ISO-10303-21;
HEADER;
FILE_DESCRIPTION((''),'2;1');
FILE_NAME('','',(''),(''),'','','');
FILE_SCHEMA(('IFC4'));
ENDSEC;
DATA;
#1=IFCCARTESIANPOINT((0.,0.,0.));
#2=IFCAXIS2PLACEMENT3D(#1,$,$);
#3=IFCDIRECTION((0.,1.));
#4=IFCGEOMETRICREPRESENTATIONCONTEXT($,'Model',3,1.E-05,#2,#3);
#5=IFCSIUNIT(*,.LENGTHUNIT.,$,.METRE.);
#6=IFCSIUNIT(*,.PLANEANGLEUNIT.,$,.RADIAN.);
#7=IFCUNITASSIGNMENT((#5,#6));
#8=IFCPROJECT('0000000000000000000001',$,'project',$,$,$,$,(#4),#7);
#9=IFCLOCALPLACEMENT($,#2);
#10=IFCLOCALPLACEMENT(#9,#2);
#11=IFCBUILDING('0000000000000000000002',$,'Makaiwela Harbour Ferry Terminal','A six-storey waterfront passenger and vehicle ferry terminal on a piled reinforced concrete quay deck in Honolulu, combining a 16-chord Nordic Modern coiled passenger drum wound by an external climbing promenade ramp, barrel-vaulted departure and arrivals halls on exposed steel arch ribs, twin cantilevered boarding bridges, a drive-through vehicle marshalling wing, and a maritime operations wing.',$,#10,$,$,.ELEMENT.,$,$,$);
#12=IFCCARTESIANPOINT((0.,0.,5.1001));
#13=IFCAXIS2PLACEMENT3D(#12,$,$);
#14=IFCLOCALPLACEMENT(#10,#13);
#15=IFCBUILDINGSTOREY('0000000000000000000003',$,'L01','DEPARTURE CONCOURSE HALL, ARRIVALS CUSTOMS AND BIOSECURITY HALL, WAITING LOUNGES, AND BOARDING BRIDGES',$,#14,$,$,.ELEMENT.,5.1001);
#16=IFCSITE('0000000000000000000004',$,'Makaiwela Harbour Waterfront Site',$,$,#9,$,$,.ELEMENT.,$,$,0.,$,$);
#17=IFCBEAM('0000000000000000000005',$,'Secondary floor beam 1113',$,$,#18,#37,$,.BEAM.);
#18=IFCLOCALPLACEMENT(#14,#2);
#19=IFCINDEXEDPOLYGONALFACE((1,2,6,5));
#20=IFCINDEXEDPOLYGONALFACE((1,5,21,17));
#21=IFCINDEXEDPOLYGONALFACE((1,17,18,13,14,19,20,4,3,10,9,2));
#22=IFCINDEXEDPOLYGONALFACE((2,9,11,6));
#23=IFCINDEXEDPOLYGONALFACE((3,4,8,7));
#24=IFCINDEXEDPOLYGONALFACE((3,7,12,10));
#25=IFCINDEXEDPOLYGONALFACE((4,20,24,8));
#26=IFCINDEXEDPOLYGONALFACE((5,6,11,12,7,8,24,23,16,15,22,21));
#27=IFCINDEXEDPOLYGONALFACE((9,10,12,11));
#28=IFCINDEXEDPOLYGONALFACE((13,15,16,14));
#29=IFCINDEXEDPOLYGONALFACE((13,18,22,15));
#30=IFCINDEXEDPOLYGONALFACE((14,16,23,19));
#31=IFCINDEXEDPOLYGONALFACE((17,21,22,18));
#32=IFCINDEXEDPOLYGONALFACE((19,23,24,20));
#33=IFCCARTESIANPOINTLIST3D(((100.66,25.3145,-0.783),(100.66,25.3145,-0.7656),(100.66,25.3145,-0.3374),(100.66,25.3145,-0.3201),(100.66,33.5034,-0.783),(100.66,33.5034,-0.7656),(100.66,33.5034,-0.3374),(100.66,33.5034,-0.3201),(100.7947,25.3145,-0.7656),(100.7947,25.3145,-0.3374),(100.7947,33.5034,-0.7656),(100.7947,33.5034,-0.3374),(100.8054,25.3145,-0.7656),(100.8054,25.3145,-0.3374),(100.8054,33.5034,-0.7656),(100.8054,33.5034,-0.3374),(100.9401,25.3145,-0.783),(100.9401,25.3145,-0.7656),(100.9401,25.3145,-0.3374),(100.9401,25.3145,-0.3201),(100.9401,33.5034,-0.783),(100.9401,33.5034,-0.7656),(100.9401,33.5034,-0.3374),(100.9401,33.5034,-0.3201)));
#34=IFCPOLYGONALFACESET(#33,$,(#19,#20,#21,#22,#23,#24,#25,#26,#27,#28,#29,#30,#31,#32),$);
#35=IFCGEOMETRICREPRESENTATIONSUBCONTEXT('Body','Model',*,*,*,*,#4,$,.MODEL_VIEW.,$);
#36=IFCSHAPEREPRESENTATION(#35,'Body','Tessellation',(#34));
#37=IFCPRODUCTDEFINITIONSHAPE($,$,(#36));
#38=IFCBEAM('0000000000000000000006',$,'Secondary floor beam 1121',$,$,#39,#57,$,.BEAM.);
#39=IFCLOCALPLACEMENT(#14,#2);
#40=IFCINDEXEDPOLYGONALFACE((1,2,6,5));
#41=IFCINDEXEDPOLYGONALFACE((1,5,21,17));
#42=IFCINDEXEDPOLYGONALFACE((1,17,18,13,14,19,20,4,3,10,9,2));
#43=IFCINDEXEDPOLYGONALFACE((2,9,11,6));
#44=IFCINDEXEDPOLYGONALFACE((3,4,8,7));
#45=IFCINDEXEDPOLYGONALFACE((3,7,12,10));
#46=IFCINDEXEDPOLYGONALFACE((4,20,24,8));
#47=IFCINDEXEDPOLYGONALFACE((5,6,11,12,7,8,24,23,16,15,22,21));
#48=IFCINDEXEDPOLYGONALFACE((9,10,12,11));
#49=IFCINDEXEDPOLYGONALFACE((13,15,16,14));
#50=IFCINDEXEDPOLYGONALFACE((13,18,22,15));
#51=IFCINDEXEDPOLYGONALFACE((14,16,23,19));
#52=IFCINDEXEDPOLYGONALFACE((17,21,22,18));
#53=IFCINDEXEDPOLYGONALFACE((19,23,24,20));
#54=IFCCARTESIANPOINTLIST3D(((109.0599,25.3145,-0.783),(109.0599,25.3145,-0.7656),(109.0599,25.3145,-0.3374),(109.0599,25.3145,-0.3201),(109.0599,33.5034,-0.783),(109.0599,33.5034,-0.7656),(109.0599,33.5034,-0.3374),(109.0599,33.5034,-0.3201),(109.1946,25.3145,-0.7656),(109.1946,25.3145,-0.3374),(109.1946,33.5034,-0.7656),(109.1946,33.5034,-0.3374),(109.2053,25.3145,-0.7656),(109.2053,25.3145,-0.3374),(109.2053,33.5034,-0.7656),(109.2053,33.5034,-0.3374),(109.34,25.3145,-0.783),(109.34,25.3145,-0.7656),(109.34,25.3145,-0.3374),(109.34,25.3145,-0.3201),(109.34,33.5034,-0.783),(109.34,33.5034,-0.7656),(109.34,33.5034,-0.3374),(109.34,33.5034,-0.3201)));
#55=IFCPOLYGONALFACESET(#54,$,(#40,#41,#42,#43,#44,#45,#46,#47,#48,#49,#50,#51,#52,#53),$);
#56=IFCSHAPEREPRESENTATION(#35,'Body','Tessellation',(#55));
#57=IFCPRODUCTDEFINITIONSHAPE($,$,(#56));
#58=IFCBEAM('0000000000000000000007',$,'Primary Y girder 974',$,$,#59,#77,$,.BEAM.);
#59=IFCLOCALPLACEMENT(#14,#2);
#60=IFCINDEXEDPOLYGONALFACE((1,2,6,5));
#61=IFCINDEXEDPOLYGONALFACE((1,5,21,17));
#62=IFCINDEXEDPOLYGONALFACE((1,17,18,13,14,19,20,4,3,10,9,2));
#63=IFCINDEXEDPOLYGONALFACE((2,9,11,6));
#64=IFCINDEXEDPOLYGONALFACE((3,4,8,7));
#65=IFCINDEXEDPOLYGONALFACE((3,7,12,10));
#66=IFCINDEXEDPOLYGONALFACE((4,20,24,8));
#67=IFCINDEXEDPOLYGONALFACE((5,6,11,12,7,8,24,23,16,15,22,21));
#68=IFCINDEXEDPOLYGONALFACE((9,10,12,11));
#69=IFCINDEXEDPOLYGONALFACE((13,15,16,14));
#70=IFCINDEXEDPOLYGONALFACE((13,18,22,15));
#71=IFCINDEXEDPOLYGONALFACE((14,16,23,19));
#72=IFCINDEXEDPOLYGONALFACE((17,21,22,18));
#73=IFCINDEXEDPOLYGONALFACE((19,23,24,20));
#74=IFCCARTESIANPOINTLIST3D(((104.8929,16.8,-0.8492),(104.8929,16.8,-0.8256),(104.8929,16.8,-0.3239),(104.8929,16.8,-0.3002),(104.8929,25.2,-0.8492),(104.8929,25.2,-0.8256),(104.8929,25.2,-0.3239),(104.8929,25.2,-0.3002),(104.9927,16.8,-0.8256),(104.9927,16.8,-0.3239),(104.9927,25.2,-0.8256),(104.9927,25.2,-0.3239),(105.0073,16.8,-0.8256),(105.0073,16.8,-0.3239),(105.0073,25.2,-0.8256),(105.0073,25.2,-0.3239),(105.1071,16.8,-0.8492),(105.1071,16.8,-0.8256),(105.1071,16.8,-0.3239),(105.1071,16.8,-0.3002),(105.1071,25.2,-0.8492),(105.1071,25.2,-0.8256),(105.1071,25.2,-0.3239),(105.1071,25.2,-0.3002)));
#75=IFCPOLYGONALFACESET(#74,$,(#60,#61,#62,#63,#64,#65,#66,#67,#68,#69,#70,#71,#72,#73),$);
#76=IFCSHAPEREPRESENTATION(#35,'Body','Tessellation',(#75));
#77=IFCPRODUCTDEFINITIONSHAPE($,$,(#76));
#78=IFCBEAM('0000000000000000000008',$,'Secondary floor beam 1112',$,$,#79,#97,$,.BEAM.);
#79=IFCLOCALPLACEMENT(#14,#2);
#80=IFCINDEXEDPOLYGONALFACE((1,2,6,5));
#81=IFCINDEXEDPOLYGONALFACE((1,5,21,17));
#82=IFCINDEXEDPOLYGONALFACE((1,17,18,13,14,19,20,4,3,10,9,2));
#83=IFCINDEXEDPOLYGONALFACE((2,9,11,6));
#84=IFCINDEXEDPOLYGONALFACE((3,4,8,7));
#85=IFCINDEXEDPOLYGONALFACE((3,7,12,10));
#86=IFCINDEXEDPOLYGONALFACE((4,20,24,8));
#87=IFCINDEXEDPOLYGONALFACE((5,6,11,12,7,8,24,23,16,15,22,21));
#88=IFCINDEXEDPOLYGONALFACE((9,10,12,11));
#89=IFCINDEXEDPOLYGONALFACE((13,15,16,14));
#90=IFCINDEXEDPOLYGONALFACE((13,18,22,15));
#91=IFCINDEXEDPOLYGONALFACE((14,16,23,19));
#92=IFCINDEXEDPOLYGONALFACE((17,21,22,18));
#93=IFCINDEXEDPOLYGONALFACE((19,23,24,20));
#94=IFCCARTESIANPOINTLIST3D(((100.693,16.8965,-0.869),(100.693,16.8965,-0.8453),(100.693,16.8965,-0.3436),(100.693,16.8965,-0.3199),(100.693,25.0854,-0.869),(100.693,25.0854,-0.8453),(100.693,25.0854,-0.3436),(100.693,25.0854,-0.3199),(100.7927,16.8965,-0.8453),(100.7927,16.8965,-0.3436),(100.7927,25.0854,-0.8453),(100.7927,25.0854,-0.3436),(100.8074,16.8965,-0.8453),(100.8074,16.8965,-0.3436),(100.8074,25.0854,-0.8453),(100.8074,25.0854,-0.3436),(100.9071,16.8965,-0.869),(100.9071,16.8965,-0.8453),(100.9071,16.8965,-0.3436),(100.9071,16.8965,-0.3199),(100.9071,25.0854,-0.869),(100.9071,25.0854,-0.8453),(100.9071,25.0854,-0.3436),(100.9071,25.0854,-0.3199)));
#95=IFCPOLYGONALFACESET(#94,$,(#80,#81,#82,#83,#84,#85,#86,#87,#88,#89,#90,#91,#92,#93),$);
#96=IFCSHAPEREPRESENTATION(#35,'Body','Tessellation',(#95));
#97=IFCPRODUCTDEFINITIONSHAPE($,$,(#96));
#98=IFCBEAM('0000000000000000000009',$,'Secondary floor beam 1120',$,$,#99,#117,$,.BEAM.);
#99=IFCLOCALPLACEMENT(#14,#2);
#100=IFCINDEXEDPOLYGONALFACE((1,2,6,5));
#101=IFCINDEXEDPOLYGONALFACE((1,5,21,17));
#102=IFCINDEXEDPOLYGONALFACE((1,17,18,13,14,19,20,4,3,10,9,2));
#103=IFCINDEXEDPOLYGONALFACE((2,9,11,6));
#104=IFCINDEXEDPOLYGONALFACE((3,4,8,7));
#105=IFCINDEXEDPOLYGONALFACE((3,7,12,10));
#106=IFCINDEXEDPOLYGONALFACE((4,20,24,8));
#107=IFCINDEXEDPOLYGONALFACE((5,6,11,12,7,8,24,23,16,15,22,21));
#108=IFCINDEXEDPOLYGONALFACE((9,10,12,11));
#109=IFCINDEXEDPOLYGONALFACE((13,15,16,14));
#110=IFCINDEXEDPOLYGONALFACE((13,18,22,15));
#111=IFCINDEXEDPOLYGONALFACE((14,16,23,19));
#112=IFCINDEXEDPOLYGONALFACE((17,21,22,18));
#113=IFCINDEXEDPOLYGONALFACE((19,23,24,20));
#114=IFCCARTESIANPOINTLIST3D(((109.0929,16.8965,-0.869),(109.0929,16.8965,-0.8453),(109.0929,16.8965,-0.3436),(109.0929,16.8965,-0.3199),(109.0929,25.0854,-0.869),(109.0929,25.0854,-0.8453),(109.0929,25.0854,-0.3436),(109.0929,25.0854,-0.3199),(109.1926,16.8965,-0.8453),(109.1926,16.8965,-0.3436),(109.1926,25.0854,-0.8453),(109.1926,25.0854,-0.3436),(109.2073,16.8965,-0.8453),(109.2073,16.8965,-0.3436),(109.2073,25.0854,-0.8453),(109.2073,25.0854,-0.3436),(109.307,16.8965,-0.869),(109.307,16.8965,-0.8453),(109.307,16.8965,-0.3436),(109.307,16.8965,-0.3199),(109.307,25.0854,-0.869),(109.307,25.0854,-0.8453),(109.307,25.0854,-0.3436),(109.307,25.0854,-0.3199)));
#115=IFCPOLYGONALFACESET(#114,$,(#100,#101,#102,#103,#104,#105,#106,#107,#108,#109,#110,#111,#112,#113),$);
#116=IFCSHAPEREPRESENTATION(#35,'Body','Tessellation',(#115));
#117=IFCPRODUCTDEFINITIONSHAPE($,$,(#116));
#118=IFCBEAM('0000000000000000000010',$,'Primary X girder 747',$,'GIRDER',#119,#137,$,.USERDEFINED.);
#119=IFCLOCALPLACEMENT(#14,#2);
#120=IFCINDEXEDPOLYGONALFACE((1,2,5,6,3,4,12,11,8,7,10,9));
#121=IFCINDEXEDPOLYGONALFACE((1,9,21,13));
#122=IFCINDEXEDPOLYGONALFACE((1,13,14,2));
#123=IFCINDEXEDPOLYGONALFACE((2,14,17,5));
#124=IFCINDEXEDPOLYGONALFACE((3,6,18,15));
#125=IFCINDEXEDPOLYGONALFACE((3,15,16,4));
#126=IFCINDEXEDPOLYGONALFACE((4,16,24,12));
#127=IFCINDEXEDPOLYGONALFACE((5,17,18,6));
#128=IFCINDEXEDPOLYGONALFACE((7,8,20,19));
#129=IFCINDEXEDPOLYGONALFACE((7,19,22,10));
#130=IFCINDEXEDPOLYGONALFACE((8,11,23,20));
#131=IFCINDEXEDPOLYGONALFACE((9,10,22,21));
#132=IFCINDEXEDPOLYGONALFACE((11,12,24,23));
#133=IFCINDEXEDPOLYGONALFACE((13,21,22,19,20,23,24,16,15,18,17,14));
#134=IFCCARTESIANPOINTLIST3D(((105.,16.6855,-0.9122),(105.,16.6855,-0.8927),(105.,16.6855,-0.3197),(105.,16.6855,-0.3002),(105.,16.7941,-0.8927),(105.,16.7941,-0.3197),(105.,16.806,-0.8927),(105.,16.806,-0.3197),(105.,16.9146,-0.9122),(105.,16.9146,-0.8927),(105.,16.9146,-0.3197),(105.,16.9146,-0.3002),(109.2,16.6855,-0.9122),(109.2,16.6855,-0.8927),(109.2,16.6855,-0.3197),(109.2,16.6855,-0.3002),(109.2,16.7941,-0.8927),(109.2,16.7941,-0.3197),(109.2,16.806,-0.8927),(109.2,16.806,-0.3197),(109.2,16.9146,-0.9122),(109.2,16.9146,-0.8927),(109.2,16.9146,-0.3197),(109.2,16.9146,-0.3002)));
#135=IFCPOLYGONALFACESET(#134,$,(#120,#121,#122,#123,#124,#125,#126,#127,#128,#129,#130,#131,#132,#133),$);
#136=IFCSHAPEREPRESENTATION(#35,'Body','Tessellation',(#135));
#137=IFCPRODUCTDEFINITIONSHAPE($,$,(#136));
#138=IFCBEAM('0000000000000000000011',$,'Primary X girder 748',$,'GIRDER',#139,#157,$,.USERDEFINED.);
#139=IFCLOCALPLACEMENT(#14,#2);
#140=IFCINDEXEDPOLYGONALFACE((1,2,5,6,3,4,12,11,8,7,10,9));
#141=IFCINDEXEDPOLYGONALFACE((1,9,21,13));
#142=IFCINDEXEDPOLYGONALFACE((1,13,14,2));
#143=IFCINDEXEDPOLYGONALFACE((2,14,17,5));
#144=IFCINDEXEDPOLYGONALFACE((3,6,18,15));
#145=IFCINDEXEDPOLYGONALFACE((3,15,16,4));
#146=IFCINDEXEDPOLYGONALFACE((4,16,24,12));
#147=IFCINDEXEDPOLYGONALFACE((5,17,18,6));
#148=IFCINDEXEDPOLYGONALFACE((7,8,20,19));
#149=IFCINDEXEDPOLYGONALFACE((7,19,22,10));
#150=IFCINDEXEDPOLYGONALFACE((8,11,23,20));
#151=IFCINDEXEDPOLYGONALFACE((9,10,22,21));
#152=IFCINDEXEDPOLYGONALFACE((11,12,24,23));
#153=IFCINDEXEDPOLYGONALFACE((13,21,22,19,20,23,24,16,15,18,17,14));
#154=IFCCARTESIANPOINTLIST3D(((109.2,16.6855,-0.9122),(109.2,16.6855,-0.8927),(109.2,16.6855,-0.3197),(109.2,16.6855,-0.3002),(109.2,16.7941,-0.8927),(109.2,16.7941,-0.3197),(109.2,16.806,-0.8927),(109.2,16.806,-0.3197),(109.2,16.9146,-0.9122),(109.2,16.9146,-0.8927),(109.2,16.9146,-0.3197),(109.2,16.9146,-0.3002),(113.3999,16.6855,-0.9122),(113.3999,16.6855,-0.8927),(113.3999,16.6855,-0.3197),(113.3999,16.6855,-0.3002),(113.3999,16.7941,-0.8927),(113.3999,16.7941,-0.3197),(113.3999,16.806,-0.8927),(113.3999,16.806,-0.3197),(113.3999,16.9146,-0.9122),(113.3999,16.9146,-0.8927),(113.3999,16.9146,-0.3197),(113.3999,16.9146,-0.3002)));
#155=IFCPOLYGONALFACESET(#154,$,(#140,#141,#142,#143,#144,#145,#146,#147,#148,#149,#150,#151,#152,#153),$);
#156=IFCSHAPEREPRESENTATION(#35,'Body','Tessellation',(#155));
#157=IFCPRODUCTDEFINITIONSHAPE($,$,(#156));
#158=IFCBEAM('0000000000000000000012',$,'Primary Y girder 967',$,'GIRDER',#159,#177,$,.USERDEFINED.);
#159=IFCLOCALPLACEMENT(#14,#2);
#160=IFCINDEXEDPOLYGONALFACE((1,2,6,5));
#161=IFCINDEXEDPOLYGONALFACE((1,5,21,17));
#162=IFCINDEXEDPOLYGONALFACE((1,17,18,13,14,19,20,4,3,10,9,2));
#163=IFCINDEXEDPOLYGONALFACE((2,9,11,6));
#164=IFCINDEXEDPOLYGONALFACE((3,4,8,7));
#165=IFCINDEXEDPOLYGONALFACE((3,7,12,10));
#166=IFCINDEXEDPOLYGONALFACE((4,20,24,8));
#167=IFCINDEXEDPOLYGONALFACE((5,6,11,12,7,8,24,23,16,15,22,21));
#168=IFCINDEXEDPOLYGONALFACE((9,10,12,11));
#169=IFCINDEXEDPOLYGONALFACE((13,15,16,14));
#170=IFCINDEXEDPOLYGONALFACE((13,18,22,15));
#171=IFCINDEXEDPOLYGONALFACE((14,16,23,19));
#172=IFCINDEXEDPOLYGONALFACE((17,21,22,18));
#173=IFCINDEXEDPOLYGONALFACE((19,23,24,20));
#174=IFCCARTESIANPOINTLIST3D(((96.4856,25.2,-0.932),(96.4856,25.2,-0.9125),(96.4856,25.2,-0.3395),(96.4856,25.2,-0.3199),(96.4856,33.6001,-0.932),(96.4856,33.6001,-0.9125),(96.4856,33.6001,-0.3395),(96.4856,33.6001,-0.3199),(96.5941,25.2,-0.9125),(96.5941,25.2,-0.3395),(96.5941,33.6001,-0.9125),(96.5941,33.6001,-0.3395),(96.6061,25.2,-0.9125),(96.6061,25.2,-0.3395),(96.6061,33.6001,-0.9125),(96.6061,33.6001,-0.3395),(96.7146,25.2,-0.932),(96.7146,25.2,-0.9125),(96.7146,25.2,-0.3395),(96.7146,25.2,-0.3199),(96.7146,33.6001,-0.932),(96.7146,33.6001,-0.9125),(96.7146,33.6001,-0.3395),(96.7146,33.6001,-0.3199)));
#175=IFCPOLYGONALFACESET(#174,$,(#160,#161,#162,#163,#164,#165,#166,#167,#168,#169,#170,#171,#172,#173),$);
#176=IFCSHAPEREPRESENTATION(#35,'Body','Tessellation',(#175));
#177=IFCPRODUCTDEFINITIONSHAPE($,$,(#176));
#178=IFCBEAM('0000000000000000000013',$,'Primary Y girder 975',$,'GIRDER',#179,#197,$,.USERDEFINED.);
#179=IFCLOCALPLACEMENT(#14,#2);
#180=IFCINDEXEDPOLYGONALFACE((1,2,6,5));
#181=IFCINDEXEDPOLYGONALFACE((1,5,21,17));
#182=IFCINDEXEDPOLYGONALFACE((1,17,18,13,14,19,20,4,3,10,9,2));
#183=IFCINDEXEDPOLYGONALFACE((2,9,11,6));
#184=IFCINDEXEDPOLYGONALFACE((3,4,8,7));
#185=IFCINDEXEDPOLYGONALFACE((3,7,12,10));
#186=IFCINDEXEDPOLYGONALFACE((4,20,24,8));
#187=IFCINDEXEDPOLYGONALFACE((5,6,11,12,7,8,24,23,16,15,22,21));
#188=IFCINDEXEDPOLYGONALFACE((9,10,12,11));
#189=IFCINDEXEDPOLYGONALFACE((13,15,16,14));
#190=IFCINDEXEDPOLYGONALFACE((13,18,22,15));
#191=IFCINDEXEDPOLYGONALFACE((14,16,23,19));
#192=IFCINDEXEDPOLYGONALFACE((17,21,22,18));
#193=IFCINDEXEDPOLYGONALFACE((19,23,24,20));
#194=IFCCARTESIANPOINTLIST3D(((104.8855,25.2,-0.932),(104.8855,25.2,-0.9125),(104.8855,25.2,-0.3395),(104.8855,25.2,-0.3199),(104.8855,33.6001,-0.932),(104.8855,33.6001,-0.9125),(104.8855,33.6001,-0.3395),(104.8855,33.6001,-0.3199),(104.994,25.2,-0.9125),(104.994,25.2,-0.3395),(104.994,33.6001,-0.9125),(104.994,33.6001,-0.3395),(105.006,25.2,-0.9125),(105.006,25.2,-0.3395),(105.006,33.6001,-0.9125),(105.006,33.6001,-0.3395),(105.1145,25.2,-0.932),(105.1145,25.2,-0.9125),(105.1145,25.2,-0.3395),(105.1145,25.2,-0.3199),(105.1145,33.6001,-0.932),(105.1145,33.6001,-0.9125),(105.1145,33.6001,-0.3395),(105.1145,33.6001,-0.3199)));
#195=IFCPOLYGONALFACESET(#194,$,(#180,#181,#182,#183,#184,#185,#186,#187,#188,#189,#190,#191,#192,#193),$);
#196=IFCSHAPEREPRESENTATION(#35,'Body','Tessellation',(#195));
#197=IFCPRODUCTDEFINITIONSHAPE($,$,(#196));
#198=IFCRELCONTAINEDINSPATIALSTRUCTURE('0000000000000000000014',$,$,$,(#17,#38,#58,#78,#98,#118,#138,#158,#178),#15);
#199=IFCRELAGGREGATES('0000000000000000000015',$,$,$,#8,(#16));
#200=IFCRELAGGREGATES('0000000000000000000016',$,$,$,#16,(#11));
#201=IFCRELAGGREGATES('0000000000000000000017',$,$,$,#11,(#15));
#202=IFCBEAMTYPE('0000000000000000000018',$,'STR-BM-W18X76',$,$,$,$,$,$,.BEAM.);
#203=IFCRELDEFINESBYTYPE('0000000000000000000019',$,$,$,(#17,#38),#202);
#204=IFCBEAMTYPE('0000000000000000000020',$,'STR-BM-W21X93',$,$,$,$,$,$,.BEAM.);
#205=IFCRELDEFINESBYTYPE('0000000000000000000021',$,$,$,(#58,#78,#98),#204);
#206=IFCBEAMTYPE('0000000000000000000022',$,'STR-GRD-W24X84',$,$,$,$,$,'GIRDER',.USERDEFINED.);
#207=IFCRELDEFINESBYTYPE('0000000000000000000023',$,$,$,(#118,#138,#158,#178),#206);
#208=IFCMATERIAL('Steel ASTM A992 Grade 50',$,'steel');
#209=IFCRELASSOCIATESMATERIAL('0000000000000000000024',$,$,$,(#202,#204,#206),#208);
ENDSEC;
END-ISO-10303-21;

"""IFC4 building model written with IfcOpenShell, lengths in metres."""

from ifc_helpers import new_model, si_unit, direction, frame, origin, origin_2d, place, context, subcontext, project, spatial, i_section, extrude, material, material_profile, profile_set, type_object, element, save


model = new_model("IFC4")

# Units and contexts
model_context = context("Model", 3, precision=1e-05, world=origin(), true_north=direction((0.0, 1.0)))
body_context = subcontext(model_context, "Body", "Model", "MODEL_VIEW")
ifc_project = project(units=[si_unit("LENGTHUNIT", "METRE"), si_unit("PLANEANGLEUNIT", "RADIAN")], contexts=[model_context])

# Site, building, storey
site_placement = place(None, origin())
site = spatial("IfcSite", under=ifc_project, at=site_placement, Name="Makaiwela Harbour Waterfront Site", CompositionType="ELEMENT", RefElevation=0.0)
building_placement = place(site_placement, origin())
building = spatial("IfcBuilding", under=site, at=building_placement, Name="Makaiwela Harbour Ferry Terminal", Description="A six-storey waterfront passenger and vehicle ferry terminal on a piled reinforced concrete quay deck in Honolulu, combining a 16-chord Nordic Modern coiled passenger drum wound by an external climbing promenade ramp, barrel-vaulted departure and arrivals halls on exposed steel arch ribs, twin cantilevered boarding bridges, a drive-through vehicle marshalling wing, and a maritime operations wing.", CompositionType="ELEMENT")
storey_placement = place(building_placement, frame((0.0, 0.0, 5.1001)))
storey = spatial("IfcBuildingStorey", under=building, at=storey_placement, Name="L01", Description="DEPARTURE CONCOURSE HALL, ARRIVALS CUSTOMS AND BIOSECURITY HALL, WAITING LOUNGES, AND BOARDING BRIDGES", CompositionType="ELEMENT", Elevation=5.1001)

# Shared definitions
ifc_material_1 = material(Name="Steel ASTM A992 Grade 50", Category="steel")

# Beams
ifc_material_profile_1 = material_profile(ifc_material_1, i_section(OverallWidth=0.28, OverallDepth=0.4629, WebThickness=0.0107, FlangeThickness=0.0173, at=origin_2d()), Name="W18X76")
ifc_profile_set_1 = profile_set([ifc_material_profile_1], Name="Steel ASTM A992 Grade 50")
beam_type_1 = type_object("IfcBeamType", Name="STR-BM-W18X76", PredefinedType="BEAM", material=ifc_profile_set_1)
for number, where, z_axis, x_axis, name in (
    (1, (100.8, 25.3145, -0.5515), (0.0, 1.0, 0.0), (-1.0, 0.0, 0.0), "Secondary floor beam 1113"),
    (2, (109.2, 25.3145, -0.5515), (0.0, 1.0, 0.0), (-1.0, 0.0, 0.0), "Secondary floor beam 1121"),
):
    element("IfcBeam", number, at=place(storey_placement, frame(where, z_axis=z_axis, x_axis=x_axis)), inside=storey, type_object=beam_type_1, Name=name, PredefinedType="BEAM", context=body_context, shape_type="SweptSolid", body=[
        extrude(i_section(OverallWidth=0.28, OverallDepth=0.4629, WebThickness=0.0107, FlangeThickness=0.0173, at=origin_2d()), origin(), (0.0, 0.0, 1.0), 8.189),
    ])
ifc_material_profile_2 = material_profile(ifc_material_1, i_section(OverallWidth=0.2141, OverallDepth=0.5491, WebThickness=0.0146, FlangeThickness=0.0237, at=origin_2d()), Name="W21X93")
ifc_profile_set_2 = profile_set([ifc_material_profile_2], Name="Steel ASTM A992 Grade 50")
beam_type_2 = type_object("IfcBeamType", Name="STR-BM-W21X93", PredefinedType="BEAM", material=ifc_profile_set_2)
beam_placement = place(storey_placement, frame((105.0, 16.8, -0.5747), z_axis=(0.0, 1.0, 0.0), x_axis=(-1.0, 0.0, 0.0)))
element("IfcBeam", 3, at=beam_placement, inside=storey, type_object=beam_type_2, Name="Primary Y girder 974", PredefinedType="BEAM", context=body_context, shape_type="SweptSolid", body=[
    extrude(i_section(OverallWidth=0.2141, OverallDepth=0.5491, WebThickness=0.0146, FlangeThickness=0.0237, at=origin_2d()), origin(), (0.0, 0.0, 1.0), 8.3999),
])
for number, where, z_axis, x_axis, name in (
    (4, (100.8, 16.8965, -0.5945), (0.0, 1.0, 0.0), (-1.0, 0.0, 0.0), "Secondary floor beam 1112"),
    (5, (109.2, 16.8965, -0.5945), (0.0, 1.0, 0.0), (-1.0, 0.0, 0.0), "Secondary floor beam 1120"),
):
    element("IfcBeam", number, at=place(storey_placement, frame(where, z_axis=z_axis, x_axis=x_axis)), inside=storey, type_object=beam_type_2, Name=name, PredefinedType="BEAM", context=body_context, shape_type="SweptSolid", body=[
        extrude(i_section(OverallWidth=0.2141, OverallDepth=0.5491, WebThickness=0.0146, FlangeThickness=0.0237, at=origin_2d()), origin(), (0.0, 0.0, 1.0), 8.189),
    ])
ifc_material_profile_3 = material_profile(ifc_material_1, i_section(OverallWidth=0.229, OverallDepth=0.6121, WebThickness=0.012, FlangeThickness=0.0195, at=origin_2d()), Name="W24X84")
ifc_profile_set_3 = profile_set([ifc_material_profile_3], Name="Steel ASTM A992 Grade 50")
beam_type_3 = type_object("IfcBeamType", Name="STR-GRD-W24X84", ElementType="GIRDER", PredefinedType="USERDEFINED", material=ifc_profile_set_3)
for number, where, z_axis, x_axis, name in (
    (6, (105.0, 16.8, -0.6062), (1.0, 0.0, 0.0), (0.0, 1.0, 0.0), "Primary X girder 747"),
    (7, (109.2, 16.8, -0.6062), (1.0, 0.0, 0.0), (0.0, 1.0, 0.0), "Primary X girder 748"),
):
    element("IfcBeam", number, at=place(storey_placement, frame(where, z_axis=z_axis, x_axis=x_axis)), inside=storey, type_object=beam_type_3, Name=name, ObjectType="GIRDER", PredefinedType="USERDEFINED", context=body_context, shape_type="SweptSolid", body=[
        extrude(i_section(OverallWidth=0.229, OverallDepth=0.6121, WebThickness=0.012, FlangeThickness=0.0195, at=origin_2d()), origin(), (0.0, 0.0, 1.0), 4.2),
    ])
for number, where, z_axis, x_axis, name in (
    (8, (96.6001, 25.2, -0.626), (0.0, 1.0, 0.0), (-1.0, 0.0, 0.0), "Primary Y girder 967"),
    (9, (105.0, 25.2, -0.626), (0.0, 1.0, 0.0), (-1.0, 0.0, 0.0), "Primary Y girder 975"),
):
    element("IfcBeam", number, at=place(storey_placement, frame(where, z_axis=z_axis, x_axis=x_axis)), inside=storey, type_object=beam_type_3, Name=name, ObjectType="GIRDER", PredefinedType="USERDEFINED", context=body_context, shape_type="SweptSolid", body=[
        extrude(i_section(OverallWidth=0.229, OverallDepth=0.6121, WebThickness=0.012, FlangeThickness=0.0195, at=origin_2d()), origin(), (0.0, 0.0, 1.0), 8.4001),
    ])

save(model, "model.ifc")
